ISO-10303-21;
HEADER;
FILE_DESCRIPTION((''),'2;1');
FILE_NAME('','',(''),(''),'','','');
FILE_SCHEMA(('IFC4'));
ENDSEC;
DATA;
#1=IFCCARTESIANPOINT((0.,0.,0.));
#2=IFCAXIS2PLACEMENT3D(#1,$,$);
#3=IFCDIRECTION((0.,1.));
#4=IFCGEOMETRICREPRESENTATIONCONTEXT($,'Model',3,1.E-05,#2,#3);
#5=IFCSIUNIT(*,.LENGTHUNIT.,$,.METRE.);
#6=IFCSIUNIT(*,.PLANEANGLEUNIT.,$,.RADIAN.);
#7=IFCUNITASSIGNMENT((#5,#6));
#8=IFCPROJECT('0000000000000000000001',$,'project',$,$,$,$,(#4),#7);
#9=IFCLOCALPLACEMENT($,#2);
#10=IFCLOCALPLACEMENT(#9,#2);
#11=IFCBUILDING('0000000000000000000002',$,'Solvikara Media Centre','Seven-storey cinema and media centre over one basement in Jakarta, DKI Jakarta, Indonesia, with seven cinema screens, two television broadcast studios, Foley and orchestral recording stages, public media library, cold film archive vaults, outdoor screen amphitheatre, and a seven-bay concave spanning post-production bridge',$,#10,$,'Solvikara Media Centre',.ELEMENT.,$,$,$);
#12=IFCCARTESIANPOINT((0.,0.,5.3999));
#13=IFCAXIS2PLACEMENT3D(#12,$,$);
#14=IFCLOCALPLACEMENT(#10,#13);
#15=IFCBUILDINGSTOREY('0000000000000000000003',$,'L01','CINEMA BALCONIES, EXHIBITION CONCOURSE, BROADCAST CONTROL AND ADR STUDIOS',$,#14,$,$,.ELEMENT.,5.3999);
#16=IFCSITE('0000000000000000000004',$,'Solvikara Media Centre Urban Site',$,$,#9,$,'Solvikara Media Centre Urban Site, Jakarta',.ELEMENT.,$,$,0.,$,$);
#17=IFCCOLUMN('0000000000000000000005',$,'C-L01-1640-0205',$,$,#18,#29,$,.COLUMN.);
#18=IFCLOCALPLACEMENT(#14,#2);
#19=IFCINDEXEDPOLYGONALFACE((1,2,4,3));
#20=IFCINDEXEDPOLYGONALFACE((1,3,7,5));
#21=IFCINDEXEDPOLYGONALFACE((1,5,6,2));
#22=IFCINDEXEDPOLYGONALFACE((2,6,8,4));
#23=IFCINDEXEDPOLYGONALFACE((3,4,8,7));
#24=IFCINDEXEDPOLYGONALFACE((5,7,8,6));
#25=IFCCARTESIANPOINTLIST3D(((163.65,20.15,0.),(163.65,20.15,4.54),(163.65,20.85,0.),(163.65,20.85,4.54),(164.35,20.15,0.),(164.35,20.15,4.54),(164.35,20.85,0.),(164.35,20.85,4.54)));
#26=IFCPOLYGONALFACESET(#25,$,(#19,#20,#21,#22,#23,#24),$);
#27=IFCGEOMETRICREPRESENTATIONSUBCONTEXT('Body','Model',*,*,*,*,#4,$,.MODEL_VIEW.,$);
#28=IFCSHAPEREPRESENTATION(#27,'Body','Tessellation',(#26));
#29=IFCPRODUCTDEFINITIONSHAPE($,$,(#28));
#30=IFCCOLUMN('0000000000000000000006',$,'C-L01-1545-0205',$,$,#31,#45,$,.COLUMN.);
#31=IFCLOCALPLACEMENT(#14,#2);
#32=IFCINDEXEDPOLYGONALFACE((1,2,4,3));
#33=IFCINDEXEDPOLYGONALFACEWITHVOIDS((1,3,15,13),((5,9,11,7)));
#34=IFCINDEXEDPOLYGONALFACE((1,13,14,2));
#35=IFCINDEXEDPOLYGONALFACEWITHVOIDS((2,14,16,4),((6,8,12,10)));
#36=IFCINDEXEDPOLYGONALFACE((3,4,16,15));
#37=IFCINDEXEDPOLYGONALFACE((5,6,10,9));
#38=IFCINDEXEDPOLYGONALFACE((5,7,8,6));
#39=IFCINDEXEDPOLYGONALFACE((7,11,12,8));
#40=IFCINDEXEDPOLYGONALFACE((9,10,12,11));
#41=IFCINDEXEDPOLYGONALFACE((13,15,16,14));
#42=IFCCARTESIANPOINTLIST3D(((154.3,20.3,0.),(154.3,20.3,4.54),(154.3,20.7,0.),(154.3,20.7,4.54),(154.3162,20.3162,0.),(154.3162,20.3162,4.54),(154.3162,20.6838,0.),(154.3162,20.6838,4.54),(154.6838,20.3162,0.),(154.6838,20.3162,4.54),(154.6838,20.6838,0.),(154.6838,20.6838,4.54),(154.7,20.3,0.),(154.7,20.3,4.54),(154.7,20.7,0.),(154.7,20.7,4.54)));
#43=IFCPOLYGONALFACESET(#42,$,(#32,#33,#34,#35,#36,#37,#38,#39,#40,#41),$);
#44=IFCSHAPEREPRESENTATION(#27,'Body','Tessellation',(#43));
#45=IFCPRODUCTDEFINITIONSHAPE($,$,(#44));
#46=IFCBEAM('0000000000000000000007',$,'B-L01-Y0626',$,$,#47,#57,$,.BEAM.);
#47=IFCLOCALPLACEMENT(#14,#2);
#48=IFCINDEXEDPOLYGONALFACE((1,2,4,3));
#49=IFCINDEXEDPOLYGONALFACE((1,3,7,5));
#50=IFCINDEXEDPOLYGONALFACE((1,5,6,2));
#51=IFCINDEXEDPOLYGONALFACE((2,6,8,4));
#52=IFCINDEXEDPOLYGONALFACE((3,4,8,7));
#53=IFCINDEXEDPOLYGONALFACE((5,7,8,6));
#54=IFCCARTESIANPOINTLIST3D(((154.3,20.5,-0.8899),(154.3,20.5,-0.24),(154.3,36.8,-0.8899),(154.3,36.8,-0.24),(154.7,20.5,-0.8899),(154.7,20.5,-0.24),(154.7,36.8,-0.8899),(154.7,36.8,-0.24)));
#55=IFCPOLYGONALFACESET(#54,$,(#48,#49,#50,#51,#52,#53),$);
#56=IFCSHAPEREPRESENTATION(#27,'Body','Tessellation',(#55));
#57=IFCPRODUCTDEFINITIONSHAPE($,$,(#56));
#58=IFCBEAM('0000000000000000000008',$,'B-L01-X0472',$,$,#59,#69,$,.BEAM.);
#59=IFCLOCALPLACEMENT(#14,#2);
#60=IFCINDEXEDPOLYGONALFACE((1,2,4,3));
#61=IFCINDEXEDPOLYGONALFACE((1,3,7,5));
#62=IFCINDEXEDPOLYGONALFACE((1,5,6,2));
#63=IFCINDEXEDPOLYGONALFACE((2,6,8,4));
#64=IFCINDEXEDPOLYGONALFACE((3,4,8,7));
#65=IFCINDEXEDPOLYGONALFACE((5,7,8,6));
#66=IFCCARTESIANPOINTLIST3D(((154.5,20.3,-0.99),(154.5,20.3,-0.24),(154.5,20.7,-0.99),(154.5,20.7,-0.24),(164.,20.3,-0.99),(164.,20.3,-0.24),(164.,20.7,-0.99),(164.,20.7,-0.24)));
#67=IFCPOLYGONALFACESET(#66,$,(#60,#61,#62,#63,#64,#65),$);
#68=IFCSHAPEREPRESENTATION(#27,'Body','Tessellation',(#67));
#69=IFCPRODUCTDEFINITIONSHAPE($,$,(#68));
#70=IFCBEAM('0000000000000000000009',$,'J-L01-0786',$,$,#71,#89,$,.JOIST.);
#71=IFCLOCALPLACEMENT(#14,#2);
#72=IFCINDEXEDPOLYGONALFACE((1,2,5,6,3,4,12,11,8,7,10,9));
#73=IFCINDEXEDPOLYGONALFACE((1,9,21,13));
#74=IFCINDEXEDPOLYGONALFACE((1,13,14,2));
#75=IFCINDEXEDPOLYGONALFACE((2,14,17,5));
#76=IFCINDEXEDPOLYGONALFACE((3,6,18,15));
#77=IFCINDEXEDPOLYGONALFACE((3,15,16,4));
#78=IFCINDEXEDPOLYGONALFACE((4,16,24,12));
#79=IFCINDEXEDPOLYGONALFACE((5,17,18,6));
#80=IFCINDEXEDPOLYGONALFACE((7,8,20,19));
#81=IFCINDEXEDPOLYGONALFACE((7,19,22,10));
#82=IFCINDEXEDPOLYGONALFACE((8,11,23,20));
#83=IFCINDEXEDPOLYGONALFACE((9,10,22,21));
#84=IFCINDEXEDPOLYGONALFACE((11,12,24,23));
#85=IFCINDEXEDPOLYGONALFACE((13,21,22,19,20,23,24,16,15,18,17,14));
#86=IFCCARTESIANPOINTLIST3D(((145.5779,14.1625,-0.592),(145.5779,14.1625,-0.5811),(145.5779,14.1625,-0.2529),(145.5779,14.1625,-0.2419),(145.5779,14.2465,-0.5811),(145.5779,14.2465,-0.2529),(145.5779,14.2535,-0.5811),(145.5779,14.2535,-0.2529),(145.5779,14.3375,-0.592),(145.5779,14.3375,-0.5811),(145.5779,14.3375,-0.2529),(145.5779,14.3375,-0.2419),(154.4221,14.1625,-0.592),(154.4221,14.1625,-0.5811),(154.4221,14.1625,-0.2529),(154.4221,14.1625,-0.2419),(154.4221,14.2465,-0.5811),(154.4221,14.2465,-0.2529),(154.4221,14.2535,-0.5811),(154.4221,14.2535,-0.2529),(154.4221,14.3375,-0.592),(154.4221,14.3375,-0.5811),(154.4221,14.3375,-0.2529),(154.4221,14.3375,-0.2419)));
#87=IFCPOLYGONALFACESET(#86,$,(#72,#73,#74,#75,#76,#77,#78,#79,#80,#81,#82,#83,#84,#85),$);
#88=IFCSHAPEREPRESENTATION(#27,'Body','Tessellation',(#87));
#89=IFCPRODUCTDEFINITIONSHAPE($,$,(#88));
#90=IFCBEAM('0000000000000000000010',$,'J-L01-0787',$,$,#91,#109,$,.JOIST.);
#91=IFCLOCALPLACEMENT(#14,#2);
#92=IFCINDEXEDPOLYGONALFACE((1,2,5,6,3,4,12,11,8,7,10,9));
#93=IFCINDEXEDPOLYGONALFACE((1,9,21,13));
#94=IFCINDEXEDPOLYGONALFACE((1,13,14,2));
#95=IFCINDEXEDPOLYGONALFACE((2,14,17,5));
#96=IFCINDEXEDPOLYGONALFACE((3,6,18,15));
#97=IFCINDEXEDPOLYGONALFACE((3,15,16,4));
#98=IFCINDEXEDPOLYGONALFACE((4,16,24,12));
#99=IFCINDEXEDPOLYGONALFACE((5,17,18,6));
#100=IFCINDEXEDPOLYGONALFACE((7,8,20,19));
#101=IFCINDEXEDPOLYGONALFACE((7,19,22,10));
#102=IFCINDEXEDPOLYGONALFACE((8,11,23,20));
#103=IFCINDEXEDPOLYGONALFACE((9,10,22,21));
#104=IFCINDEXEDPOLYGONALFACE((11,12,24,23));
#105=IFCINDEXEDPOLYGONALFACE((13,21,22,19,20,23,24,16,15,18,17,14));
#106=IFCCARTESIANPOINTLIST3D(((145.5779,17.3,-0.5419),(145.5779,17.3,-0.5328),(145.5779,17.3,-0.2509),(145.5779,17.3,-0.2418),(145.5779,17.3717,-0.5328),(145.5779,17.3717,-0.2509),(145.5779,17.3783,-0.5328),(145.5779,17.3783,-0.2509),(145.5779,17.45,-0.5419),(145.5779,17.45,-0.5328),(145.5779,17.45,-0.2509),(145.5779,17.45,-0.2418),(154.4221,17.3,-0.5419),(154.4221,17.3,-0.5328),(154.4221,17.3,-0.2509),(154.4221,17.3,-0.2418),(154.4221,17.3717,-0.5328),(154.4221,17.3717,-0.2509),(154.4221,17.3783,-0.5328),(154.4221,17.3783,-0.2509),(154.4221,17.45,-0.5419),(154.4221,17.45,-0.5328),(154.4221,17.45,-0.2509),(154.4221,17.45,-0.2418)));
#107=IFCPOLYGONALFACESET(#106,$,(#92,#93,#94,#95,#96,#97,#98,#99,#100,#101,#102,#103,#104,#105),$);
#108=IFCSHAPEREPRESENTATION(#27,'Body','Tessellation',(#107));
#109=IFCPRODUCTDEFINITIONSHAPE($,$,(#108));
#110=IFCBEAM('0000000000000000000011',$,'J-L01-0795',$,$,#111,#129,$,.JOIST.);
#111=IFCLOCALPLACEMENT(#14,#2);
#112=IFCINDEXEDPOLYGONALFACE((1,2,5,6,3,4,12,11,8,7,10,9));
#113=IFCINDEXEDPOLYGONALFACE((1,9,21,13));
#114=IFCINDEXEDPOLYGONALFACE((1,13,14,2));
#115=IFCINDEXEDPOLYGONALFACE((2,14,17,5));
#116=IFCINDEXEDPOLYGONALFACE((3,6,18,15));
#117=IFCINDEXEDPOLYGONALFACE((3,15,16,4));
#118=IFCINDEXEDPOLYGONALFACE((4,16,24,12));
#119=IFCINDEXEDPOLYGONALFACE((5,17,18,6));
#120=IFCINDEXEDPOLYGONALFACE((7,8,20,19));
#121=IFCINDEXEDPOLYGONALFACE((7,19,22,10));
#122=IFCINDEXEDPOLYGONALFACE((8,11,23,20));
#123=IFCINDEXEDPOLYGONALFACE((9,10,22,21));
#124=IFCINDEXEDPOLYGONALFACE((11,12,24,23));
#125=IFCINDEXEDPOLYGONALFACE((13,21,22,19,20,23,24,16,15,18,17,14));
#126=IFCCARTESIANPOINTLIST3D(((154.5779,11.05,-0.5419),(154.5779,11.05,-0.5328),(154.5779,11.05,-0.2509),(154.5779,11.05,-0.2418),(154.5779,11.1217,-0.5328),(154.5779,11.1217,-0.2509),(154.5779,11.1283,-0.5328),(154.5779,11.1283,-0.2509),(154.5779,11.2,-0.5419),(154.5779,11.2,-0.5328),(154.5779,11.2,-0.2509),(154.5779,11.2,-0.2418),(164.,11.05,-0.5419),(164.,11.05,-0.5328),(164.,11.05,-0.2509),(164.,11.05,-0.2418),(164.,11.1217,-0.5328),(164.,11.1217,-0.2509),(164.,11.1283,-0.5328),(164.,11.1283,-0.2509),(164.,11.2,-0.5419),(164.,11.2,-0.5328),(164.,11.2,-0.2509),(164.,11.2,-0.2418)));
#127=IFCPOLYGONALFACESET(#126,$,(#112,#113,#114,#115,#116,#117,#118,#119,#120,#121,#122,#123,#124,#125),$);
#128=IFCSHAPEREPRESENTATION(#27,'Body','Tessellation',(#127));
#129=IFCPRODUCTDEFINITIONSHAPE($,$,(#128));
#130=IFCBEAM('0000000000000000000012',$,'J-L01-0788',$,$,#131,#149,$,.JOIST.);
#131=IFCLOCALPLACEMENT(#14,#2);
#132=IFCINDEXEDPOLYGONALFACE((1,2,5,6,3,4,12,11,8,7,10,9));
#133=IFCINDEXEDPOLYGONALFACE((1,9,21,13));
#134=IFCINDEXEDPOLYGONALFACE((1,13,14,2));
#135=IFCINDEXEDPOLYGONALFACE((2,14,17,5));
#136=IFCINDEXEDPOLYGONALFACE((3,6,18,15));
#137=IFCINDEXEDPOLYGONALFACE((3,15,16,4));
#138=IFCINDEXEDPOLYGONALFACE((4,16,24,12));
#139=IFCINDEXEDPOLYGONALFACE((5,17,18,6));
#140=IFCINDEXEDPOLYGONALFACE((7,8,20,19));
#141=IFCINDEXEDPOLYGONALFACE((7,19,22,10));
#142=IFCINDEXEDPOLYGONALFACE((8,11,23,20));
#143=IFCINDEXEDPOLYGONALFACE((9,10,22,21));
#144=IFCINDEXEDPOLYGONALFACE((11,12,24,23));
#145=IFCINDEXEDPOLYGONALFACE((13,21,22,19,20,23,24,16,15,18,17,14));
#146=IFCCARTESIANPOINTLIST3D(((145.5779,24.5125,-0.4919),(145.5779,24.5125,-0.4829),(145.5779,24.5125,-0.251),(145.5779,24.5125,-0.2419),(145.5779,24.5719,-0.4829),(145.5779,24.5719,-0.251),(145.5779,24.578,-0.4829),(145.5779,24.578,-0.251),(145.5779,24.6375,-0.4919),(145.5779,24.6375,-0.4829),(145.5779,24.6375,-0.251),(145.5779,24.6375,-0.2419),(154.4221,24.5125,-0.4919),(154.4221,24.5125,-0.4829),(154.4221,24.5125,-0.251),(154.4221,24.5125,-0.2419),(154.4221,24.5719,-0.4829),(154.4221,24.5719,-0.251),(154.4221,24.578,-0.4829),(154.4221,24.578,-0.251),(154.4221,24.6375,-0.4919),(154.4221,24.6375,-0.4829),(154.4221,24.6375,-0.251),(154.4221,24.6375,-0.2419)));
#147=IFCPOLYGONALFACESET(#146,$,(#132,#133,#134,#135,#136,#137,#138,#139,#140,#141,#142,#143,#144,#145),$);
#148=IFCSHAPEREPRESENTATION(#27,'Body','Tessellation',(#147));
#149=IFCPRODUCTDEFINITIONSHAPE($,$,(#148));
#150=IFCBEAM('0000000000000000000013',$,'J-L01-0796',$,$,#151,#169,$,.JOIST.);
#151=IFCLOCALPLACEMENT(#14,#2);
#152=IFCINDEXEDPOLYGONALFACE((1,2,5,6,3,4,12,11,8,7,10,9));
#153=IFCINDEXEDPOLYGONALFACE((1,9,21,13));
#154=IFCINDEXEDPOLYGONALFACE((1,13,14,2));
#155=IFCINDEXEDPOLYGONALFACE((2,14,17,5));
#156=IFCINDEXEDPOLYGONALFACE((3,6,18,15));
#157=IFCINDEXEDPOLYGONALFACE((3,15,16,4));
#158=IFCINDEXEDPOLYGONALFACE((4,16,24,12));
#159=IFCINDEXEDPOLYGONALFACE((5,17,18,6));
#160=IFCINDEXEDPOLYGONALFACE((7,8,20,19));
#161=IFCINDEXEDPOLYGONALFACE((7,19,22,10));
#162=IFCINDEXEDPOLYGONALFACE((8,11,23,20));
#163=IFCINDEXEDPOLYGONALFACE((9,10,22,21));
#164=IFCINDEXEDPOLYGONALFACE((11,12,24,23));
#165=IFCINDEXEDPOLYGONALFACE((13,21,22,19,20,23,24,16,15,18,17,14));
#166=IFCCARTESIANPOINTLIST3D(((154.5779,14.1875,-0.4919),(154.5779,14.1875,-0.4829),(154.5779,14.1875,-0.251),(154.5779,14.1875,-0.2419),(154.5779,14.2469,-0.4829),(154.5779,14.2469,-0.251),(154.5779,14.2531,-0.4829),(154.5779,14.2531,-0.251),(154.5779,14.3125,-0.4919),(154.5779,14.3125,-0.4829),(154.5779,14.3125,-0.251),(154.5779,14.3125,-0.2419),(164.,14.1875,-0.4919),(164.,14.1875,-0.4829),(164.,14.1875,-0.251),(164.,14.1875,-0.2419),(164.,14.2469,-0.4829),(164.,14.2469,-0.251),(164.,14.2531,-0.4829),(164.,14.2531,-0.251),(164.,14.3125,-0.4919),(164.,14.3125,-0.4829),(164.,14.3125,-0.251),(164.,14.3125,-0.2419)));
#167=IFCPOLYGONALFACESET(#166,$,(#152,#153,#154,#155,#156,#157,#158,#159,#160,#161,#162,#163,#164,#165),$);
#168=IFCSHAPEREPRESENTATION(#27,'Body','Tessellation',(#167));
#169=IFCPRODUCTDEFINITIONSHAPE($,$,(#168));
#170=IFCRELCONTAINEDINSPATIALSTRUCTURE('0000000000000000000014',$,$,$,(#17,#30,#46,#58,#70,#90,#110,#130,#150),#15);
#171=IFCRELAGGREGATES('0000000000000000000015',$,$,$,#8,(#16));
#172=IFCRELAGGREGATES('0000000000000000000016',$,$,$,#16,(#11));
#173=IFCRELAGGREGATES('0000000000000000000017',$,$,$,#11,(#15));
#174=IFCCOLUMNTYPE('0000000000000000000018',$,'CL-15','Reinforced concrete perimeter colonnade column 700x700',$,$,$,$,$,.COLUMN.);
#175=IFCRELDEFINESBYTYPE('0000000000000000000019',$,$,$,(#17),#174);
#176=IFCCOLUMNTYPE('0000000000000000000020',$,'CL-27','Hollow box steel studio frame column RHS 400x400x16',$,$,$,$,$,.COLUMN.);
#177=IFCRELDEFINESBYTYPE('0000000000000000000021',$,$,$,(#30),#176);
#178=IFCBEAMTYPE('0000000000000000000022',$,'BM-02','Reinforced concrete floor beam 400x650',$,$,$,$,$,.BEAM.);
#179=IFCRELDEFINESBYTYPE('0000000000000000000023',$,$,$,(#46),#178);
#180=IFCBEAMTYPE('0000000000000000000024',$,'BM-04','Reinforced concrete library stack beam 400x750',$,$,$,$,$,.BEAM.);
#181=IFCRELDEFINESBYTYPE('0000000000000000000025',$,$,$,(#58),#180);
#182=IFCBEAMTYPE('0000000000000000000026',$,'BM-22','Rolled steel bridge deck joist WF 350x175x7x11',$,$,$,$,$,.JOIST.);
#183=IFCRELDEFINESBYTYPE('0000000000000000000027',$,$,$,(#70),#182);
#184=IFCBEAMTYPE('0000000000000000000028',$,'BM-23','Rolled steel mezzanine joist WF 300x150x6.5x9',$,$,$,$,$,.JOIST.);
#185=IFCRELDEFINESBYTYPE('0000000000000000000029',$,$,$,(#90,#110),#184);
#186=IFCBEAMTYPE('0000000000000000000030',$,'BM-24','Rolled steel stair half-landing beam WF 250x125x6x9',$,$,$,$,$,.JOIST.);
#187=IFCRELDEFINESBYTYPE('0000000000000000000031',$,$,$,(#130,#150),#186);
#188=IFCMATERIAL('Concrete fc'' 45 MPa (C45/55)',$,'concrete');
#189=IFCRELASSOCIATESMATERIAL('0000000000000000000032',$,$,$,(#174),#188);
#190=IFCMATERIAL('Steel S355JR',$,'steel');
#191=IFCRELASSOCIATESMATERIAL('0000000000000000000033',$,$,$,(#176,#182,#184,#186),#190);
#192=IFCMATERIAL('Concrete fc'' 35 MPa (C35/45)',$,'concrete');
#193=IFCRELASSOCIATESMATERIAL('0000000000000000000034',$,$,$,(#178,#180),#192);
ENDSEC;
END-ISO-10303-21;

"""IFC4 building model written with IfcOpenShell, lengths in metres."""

from ifc_helpers import new_model, si_unit, direction, frame, origin, origin_2d, place, context, subcontext, project, spatial, rectangle, hollow_rectangle, i_section, extrude, material, material_profile, profile_set, type_object, element, save


model = new_model("IFC4")

# Units and contexts
model_context = context("Model", 3, precision=1e-05, world=origin(), true_north=direction((0.0, 1.0)))
body_context = subcontext(model_context, "Body", "Model", "MODEL_VIEW")
ifc_project = project(units=[si_unit("LENGTHUNIT", "METRE"), si_unit("PLANEANGLEUNIT", "RADIAN")], contexts=[model_context])

# Site, building, storey
site_placement = place(None, origin())
site = spatial("IfcSite", under=ifc_project, at=site_placement, Name="Solvikara Media Centre Urban Site", LongName="Solvikara Media Centre Urban Site, Jakarta", CompositionType="ELEMENT", RefElevation=0.0)
building_placement = place(site_placement, origin())
building = spatial("IfcBuilding", under=site, at=building_placement, Name="Solvikara Media Centre", Description="Seven-storey cinema and media centre over one basement in Jakarta, DKI Jakarta, Indonesia, with seven cinema screens, two television broadcast studios, Foley and orchestral recording stages, public media library, cold film archive vaults, outdoor screen amphitheatre, and a seven-bay concave spanning post-production bridge", LongName="Solvikara Media Centre", CompositionType="ELEMENT")
storey_placement = place(building_placement, frame((0.0, 0.0, 5.3999)))
storey = spatial("IfcBuildingStorey", under=building, at=storey_placement, Name="L01", Description="CINEMA BALCONIES, EXHIBITION CONCOURSE, BROADCAST CONTROL AND ADR STUDIOS", CompositionType="ELEMENT", Elevation=5.3999)

# Columns
ifc_material_1 = material(Name="Concrete fc' 45 MPa (C45/55)", Category="concrete")
ifc_material_profile_1 = material_profile(ifc_material_1, rectangle(XDim=0.7, YDim=0.7, at=origin_2d()), Name="RC 700x700")
ifc_profile_set_1 = profile_set([ifc_material_profile_1], Name="Concrete fc' 45 MPa (C45/55)")
column_type_1 = type_object("IfcColumnType", Name="CL-15", Description="Reinforced concrete perimeter colonnade column 700x700", PredefinedType="COLUMN", material=ifc_profile_set_1)
column_1_placement = place(storey_placement, frame((164.0, 20.5, 0.0), z_axis=(0.0, 0.0, 1.0), x_axis=(1.0, 0.0, 0.0)))
element("IfcColumn", 1, at=column_1_placement, inside=storey, type_object=column_type_1, Name="C-L01-1640-0205", PredefinedType="COLUMN", context=body_context, shape_type="SweptSolid", body=[
    extrude(rectangle(XDim=0.7, YDim=0.7, at=origin_2d()), origin(), (0.0, 0.0, 1.0), 4.54),
])
ifc_material_2 = material(Name="Steel S355JR", Category="steel")
ifc_material_profile_2 = material_profile(ifc_material_2, hollow_rectangle(XDim=0.3999, YDim=0.3999, WallThickness=0.0161, at=origin_2d()), Name="RHS 400x400x16")
ifc_profile_set_2 = profile_set([ifc_material_profile_2], Name="Steel S355JR")
column_type_2 = type_object("IfcColumnType", Name="CL-27", Description="Hollow box steel studio frame column RHS 400x400x16", PredefinedType="COLUMN", material=ifc_profile_set_2)
column_2_placement = place(storey_placement, frame((154.5, 20.5, 0.0), z_axis=(0.0, 0.0, 1.0), x_axis=(1.0, 0.0, 0.0)))
element("IfcColumn", 2, at=column_2_placement, inside=storey, type_object=column_type_2, Name="C-L01-1545-0205", PredefinedType="COLUMN", context=body_context, shape_type="SweptSolid", body=[
    extrude(hollow_rectangle(XDim=0.3999, YDim=0.3999, WallThickness=0.0161, at=origin_2d()), origin(), (0.0, 0.0, 1.0), 4.54),
])

# Beams
ifc_material_3 = material(Name="Concrete fc' 35 MPa (C35/45)", Category="concrete")
ifc_material_profile_3 = material_profile(ifc_material_3, rectangle(XDim=0.3999, YDim=0.6499, at=origin_2d()), Name="RC 400x650")
ifc_profile_set_3 = profile_set([ifc_material_profile_3], Name="Concrete fc' 35 MPa (C35/45)")
beam_type_1 = type_object("IfcBeamType", Name="BM-02", Description="Reinforced concrete floor beam 400x650", PredefinedType="BEAM", material=ifc_profile_set_3)
beam_1_placement = place(storey_placement, frame((154.5, 20.5, -0.5649), z_axis=(0.0, 1.0, 0.0), x_axis=(-1.0, 0.0, 0.0)))
element("IfcBeam", 3, at=beam_1_placement, inside=storey, type_object=beam_type_1, Name="B-L01-Y0626", PredefinedType="BEAM", context=body_context, shape_type="SweptSolid", body=[
    extrude(rectangle(XDim=0.3999, YDim=0.6499, at=origin_2d()), origin(), (0.0, 0.0, 1.0), 16.3),
])
ifc_material_profile_4 = material_profile(ifc_material_3, rectangle(XDim=0.3999, YDim=0.75, at=origin_2d()), Name="RC 400x750")
ifc_profile_set_4 = profile_set([ifc_material_profile_4], Name="Concrete fc' 35 MPa (C35/45)")
beam_type_2 = type_object("IfcBeamType", Name="BM-04", Description="Reinforced concrete library stack beam 400x750", PredefinedType="BEAM", material=ifc_profile_set_4)
beam_2_placement = place(storey_placement, frame((154.5, 20.5, -0.615), z_axis=(1.0, 0.0, 0.0), x_axis=(0.0, 1.0, 0.0)))
element("IfcBeam", 4, at=beam_2_placement, inside=storey, type_object=beam_type_2, Name="B-L01-X0472", PredefinedType="BEAM", context=body_context, shape_type="SweptSolid", body=[
    extrude(rectangle(XDim=0.3999, YDim=0.75, at=origin_2d()), origin(), (0.0, 0.0, 1.0), 9.5),
])
ifc_material_profile_5 = material_profile(ifc_material_2, i_section(OverallWidth=0.175, OverallDepth=0.3501, WebThickness=0.0071, FlangeThickness=0.011, at=origin_2d()), Name="WF 350x175x7x11")
ifc_profile_set_5 = profile_set([ifc_material_profile_5], Name="Steel S355JR")
beam_type_3 = type_object("IfcBeamType", Name="BM-22", Description="Rolled steel bridge deck joist WF 350x175x7x11", PredefinedType="JOIST", material=ifc_profile_set_5)
beam_3_placement = place(storey_placement, frame((145.5779, 14.25, -0.417), z_axis=(1.0, 0.0, 0.0), x_axis=(0.0, 1.0, 0.0)))
element("IfcBeam", 5, at=beam_3_placement, inside=storey, type_object=beam_type_3, Name="J-L01-0786", PredefinedType="JOIST", context=body_context, shape_type="SweptSolid", body=[
    extrude(i_section(OverallWidth=0.175, OverallDepth=0.3501, WebThickness=0.0071, FlangeThickness=0.011, at=origin_2d()), origin(), (0.0, 0.0, 1.0), 8.8442),
])
ifc_material_profile_6 = material_profile(ifc_material_2, i_section(OverallWidth=0.1499, OverallDepth=0.3, WebThickness=0.0066, FlangeThickness=0.009, at=origin_2d()), Name="WF 300x150x6.5x9")
ifc_profile_set_6 = profile_set([ifc_material_profile_6], Name="Steel S355JR")
beam_type_4 = type_object("IfcBeamType", Name="BM-23", Description="Rolled steel mezzanine joist WF 300x150x6.5x9", PredefinedType="JOIST", material=ifc_profile_set_6)
beam_4_placement = place(storey_placement, frame((145.5779, 17.375, -0.3918), z_axis=(1.0, 0.0, 0.0), x_axis=(0.0, 1.0, 0.0)))
element("IfcBeam", 6, at=beam_4_placement, inside=storey, type_object=beam_type_4, Name="J-L01-0787", PredefinedType="JOIST", context=body_context, shape_type="SweptSolid", body=[
    extrude(i_section(OverallWidth=0.1499, OverallDepth=0.3, WebThickness=0.0066, FlangeThickness=0.009, at=origin_2d()), origin(), (0.0, 0.0, 1.0), 8.8442),
])
beam_5_placement = place(storey_placement, frame((154.5779, 11.125, -0.3918), z_axis=(1.0, 0.0, 0.0), x_axis=(0.0, 1.0, 0.0)))
element("IfcBeam", 7, at=beam_5_placement, inside=storey, type_object=beam_type_4, Name="J-L01-0795", PredefinedType="JOIST", context=body_context, shape_type="SweptSolid", body=[
    extrude(i_section(OverallWidth=0.1499, OverallDepth=0.3, WebThickness=0.0066, FlangeThickness=0.009, at=origin_2d()), origin(), (0.0, 0.0, 1.0), 9.4221),
])
ifc_material_profile_7 = material_profile(ifc_material_2, i_section(OverallWidth=0.125, OverallDepth=0.25, WebThickness=0.0061, FlangeThickness=0.009, at=origin_2d()), Name="WF 250x125x6x9")
ifc_profile_set_7 = profile_set([ifc_material_profile_7], Name="Steel S355JR")
beam_type_5 = type_object("IfcBeamType", Name="BM-24", Description="Rolled steel stair half-landing beam WF 250x125x6x9", PredefinedType="JOIST", material=ifc_profile_set_7)
beam_6_placement = place(storey_placement, frame((145.5779, 24.575, -0.3669), z_axis=(1.0, 0.0, 0.0), x_axis=(0.0, 1.0, 0.0)))
element("IfcBeam", 8, at=beam_6_placement, inside=storey, type_object=beam_type_5, Name="J-L01-0788", PredefinedType="JOIST", context=body_context, shape_type="SweptSolid", body=[
    extrude(i_section(OverallWidth=0.125, OverallDepth=0.25, WebThickness=0.0061, FlangeThickness=0.009, at=origin_2d()), origin(), (0.0, 0.0, 1.0), 8.8442),
])
beam_7_placement = place(storey_placement, frame((154.5779, 14.25, -0.3669), z_axis=(1.0, 0.0, 0.0), x_axis=(0.0, 1.0, 0.0)))
element("IfcBeam", 9, at=beam_7_placement, inside=storey, type_object=beam_type_5, Name="J-L01-0796", PredefinedType="JOIST", context=body_context, shape_type="SweptSolid", body=[
    extrude(i_section(OverallWidth=0.125, OverallDepth=0.25, WebThickness=0.0061, FlangeThickness=0.009, at=origin_2d()), origin(), (0.0, 0.0, 1.0), 9.4221),
])

save(model, "model.ifc")
